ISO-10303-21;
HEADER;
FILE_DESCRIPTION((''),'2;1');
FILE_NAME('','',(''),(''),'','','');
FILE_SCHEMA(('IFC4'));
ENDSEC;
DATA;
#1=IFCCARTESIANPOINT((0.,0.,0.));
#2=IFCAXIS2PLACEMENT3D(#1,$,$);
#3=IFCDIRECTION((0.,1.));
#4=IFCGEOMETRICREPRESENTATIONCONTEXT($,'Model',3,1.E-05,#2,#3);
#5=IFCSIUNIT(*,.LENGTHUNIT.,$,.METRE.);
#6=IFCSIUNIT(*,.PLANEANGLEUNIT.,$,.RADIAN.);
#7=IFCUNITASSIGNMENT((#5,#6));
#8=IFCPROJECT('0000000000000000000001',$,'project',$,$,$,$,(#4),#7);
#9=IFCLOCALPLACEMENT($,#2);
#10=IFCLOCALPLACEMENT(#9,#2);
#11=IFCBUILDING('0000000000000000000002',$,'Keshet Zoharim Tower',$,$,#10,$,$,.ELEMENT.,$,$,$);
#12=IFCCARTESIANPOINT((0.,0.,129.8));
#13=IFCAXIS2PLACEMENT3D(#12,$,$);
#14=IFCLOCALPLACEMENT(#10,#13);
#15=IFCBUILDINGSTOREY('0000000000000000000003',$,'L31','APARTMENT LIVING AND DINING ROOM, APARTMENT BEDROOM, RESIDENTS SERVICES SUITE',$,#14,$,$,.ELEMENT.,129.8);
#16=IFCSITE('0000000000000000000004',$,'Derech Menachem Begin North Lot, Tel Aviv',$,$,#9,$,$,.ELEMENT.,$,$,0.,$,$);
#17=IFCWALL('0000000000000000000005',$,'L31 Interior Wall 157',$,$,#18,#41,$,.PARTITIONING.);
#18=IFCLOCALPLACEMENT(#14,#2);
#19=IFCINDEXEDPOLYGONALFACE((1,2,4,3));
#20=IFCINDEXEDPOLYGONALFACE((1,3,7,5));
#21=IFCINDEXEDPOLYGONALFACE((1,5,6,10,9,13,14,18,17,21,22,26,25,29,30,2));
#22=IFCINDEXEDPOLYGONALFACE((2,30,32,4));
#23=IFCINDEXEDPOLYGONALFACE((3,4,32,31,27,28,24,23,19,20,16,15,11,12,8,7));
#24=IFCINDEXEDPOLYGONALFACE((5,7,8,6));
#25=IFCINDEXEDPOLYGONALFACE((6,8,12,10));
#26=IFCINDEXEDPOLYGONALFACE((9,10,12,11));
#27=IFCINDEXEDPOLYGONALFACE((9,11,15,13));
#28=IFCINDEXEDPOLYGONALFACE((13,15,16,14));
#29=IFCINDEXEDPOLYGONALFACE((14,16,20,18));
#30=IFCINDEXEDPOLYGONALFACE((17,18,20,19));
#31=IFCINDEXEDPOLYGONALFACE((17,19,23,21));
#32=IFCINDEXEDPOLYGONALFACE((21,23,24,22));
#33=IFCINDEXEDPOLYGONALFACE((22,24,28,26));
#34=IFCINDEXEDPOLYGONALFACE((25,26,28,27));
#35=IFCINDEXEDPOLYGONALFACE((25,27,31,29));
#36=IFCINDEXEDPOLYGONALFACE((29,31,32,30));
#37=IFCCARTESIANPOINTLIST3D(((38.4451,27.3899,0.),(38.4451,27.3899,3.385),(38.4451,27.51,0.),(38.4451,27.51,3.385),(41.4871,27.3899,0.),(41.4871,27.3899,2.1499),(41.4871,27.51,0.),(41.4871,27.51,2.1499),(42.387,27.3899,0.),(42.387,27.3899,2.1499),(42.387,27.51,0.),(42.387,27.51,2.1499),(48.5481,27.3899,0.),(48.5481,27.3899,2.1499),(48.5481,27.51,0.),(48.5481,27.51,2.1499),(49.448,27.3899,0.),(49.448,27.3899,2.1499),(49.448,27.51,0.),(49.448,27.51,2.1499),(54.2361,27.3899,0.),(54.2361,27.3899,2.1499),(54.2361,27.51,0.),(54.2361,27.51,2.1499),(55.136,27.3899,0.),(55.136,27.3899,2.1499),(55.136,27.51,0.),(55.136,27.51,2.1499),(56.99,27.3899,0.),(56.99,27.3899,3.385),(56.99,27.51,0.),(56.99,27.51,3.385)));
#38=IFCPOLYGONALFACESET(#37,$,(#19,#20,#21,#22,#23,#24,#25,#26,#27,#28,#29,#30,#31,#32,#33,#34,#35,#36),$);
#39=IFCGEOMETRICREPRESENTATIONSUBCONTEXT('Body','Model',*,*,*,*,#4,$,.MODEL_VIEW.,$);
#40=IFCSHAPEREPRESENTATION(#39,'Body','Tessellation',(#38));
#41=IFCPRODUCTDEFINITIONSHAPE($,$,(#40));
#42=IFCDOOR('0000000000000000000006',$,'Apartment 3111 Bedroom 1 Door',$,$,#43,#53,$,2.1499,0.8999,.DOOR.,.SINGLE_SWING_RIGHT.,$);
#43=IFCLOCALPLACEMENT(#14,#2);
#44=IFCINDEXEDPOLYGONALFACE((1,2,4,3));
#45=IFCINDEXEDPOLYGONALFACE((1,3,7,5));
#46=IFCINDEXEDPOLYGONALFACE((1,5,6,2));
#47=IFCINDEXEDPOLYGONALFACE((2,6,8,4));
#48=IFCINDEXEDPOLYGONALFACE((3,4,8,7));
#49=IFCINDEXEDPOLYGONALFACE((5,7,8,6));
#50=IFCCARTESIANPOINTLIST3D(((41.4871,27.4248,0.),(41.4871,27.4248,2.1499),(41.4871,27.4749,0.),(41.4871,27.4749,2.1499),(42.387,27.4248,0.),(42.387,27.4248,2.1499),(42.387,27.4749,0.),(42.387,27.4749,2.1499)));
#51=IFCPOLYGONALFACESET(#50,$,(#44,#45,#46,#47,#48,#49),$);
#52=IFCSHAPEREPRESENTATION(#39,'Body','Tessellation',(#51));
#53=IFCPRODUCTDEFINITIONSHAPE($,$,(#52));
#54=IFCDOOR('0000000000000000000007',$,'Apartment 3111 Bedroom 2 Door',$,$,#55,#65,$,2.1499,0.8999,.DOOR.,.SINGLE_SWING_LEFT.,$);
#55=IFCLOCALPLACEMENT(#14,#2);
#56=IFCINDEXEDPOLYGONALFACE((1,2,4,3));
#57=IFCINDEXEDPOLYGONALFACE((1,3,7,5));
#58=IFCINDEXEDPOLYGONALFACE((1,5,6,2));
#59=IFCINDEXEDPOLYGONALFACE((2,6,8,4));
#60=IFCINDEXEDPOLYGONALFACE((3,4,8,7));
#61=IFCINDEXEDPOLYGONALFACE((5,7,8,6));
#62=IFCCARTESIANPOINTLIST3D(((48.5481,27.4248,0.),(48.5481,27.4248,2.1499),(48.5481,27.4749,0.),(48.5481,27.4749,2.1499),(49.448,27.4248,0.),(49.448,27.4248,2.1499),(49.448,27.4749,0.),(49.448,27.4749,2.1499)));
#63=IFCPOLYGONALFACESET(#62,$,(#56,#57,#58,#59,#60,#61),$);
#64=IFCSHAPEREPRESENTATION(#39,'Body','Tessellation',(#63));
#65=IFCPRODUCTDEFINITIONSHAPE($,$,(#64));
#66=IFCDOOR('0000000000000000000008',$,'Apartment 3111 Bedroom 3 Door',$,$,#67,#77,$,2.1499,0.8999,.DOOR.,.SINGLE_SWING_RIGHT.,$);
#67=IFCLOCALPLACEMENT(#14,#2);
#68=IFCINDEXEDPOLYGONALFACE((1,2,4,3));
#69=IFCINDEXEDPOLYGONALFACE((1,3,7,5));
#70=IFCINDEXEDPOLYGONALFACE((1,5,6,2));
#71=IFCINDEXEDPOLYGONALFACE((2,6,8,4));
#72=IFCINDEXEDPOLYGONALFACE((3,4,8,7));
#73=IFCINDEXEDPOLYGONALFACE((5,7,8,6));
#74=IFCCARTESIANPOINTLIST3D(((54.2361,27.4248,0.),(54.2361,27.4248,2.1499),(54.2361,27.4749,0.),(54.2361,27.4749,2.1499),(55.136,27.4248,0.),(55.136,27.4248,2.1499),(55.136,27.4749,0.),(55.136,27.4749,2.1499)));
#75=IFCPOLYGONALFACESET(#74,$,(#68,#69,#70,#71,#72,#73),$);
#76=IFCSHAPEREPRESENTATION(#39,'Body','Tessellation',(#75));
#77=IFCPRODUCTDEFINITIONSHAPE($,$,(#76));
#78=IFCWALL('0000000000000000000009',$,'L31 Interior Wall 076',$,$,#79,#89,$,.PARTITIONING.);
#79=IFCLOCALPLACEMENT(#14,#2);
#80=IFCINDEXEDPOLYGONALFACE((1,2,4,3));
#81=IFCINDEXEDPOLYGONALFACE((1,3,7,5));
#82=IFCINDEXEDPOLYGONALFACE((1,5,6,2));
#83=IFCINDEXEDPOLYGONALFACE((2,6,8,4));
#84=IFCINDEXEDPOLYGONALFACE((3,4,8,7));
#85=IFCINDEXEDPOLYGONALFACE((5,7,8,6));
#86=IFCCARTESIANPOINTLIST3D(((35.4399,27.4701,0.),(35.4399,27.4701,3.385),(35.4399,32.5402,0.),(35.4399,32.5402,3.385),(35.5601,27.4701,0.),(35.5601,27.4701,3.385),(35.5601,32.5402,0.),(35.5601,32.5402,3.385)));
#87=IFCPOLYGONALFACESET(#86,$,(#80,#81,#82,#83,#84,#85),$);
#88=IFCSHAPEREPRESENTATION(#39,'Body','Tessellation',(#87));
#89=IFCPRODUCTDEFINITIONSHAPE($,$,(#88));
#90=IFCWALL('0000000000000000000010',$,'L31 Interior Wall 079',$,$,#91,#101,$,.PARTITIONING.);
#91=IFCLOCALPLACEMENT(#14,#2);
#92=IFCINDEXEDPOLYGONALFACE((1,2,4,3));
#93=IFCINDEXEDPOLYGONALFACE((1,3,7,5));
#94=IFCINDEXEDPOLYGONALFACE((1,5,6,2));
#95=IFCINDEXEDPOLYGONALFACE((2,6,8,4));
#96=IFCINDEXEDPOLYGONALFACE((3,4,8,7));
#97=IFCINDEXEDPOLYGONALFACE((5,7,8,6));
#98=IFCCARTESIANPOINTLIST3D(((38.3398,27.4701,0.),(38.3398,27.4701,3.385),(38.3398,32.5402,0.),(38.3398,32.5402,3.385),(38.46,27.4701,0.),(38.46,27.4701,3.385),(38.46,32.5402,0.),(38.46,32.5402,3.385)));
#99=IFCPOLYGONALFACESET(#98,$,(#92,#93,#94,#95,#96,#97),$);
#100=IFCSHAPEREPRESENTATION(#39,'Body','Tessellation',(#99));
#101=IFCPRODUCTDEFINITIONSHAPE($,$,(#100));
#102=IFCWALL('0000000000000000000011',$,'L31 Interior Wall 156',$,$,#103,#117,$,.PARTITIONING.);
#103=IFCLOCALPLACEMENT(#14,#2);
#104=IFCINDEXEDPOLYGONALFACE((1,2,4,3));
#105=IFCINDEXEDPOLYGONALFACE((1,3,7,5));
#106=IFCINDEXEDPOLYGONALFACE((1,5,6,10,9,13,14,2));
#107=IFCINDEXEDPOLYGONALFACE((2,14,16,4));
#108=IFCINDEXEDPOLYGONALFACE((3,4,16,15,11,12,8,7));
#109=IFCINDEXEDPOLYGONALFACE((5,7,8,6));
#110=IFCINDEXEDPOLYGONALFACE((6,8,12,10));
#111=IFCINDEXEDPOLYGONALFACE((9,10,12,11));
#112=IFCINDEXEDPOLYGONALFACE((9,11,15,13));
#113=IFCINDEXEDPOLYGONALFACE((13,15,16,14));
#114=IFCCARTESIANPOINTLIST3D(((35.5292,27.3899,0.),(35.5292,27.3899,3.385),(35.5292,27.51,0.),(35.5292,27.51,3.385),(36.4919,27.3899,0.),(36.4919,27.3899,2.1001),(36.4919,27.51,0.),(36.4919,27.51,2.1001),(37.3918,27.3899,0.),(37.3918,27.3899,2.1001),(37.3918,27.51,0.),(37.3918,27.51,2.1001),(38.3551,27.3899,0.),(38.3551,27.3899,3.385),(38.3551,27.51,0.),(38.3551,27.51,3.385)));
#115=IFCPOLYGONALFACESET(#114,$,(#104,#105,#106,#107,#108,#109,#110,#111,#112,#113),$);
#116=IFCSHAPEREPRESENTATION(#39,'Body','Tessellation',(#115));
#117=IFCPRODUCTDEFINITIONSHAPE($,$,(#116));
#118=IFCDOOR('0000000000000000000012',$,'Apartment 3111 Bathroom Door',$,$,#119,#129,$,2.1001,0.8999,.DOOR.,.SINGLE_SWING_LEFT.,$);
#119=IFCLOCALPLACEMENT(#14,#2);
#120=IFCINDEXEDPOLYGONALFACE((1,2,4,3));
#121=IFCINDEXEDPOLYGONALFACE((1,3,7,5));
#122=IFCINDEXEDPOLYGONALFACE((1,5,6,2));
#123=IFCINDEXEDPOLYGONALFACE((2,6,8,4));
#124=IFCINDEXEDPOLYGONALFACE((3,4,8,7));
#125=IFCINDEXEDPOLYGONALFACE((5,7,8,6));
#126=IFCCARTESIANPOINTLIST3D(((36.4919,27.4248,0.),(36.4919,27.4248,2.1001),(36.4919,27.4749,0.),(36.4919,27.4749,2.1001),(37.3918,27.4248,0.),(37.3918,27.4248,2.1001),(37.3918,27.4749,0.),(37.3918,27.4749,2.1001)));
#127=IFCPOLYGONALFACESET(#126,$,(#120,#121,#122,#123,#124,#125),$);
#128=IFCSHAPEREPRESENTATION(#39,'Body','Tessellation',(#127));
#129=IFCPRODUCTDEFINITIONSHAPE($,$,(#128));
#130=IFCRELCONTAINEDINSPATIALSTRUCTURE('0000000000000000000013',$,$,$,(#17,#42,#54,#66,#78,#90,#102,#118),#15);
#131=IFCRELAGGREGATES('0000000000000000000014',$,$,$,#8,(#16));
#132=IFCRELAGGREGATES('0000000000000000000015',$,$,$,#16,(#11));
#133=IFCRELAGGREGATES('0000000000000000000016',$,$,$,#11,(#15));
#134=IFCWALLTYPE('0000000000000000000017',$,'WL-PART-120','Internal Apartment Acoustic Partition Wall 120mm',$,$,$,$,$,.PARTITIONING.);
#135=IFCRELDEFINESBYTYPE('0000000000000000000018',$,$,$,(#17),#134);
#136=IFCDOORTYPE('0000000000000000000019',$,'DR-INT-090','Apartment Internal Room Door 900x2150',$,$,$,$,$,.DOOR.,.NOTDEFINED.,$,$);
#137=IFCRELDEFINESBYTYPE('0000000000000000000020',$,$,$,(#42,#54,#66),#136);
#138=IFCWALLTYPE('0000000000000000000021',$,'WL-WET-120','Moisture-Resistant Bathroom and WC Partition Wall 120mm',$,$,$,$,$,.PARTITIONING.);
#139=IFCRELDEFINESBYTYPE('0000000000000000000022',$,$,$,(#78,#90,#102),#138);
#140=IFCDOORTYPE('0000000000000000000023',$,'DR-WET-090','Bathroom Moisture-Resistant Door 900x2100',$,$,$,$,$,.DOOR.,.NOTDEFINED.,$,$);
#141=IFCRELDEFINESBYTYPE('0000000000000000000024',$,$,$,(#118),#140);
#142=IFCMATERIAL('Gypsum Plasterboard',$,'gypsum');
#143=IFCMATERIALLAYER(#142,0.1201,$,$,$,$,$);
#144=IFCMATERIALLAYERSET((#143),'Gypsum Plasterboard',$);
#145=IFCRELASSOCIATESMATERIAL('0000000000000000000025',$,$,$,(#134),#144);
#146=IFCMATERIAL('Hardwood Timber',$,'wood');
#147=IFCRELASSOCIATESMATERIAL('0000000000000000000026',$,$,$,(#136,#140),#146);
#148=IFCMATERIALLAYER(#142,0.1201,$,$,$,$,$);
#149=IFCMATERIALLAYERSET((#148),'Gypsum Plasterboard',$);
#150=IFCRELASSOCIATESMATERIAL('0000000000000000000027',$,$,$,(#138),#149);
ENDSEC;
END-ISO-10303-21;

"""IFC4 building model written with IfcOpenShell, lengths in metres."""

from ifc_helpers import new_model, si_unit, direction, frame, frame_2d, origin, place, context, subcontext, project, spatial, rectangle, extrude, material, layer, layer_set, type_object, element, fill, save


model = new_model("IFC4")

# Units and contexts
model_context = context("Model", 3, precision=1e-05, world=origin(), true_north=direction((0.0, 1.0)))
body_context = subcontext(model_context, "Body", "Model", "MODEL_VIEW")
ifc_project = project(units=[si_unit("LENGTHUNIT", "METRE"), si_unit("PLANEANGLEUNIT", "RADIAN")], contexts=[model_context])

# Site, building, storey
site_placement = place(None, origin())
site = spatial("IfcSite", under=ifc_project, at=site_placement, Name="Derech Menachem Begin North Lot, Tel Aviv", CompositionType="ELEMENT", RefElevation=0.0)
building_placement = place(site_placement, origin())
building = spatial("IfcBuilding", under=site, at=building_placement, Name="Keshet Zoharim Tower", CompositionType="ELEMENT")
storey_placement = place(building_placement, frame((0.0, 0.0, 129.8)))
storey = spatial("IfcBuildingStorey", under=building, at=storey_placement, Name="L31", Description="APARTMENT LIVING AND DINING ROOM, APARTMENT BEDROOM, RESIDENTS SERVICES SUITE", CompositionType="ELEMENT", Elevation=129.8)

# Shared definitions
ifc_material_1 = material(Name="Hardwood Timber", Category="wood")

# Shared definitions
ifc_material_2 = material(Name="Gypsum Plasterboard", Category="gypsum")

# Wall, openings, doors
ifc_layer_1 = layer(ifc_material_2, 0.1201)
ifc_layer_set_1 = layer_set([ifc_layer_1], Name="Gypsum Plasterboard")
wall_type_1 = type_object("IfcWallType", Name="WL-PART-120", Description="Internal Apartment Acoustic Partition Wall 120mm", PredefinedType="PARTITIONING", material=ifc_layer_set_1)
wall_1_placement = place(storey_placement, frame((38.4451, 27.45, 0.0), z_axis=(0.0, 0.0, 1.0), x_axis=(1.0, 0.0, 0.0)))
wall_1 = element("IfcWall", 1, at=wall_1_placement, inside=storey, type_object=wall_type_1, Name="L31 Interior Wall 157", PredefinedType="PARTITIONING", context=body_context, shape_type="SweptSolid", body=[
    extrude(rectangle(XDim=18.5449, YDim=0.1201, at=frame_2d((9.2725, 0.0))), origin(), (0.0, 0.0, 1.0), 3.385),
])
opening_1_placement = place(wall_1_placement, frame((3.042, 0.0, 0.0)))
opening_1 = element("IfcOpeningElement", 2, at=opening_1_placement, cuts=wall_1, PredefinedType="OPENING", context=body_context, shape_type="SweptSolid", body=[
    extrude(rectangle(XDim=0.8999, YDim=2.1499, at=frame_2d((0.45, 1.075))), frame((0.0, 0.0701, 0.0), z_axis=(0.0, -1.0, 0.0), x_axis=(1.0, 0.0, 0.0)), (0.0, 0.0, 1.0), 0.1401),
])
opening_2_placement = place(wall_1_placement, frame((10.103, 0.0, 0.0)))
opening_2 = element("IfcOpeningElement", 3, at=opening_2_placement, cuts=wall_1, PredefinedType="OPENING", context=body_context, shape_type="SweptSolid", body=[
    extrude(rectangle(XDim=0.8999, YDim=2.1499, at=frame_2d((0.45, 1.075))), frame((0.0, 0.0701, 0.0), z_axis=(0.0, -1.0, 0.0), x_axis=(1.0, 0.0, 0.0)), (0.0, 0.0, 1.0), 0.1401),
])
opening_3_placement = place(wall_1_placement, frame((15.791, 0.0, 0.0)))
opening_3 = element("IfcOpeningElement", 4, at=opening_3_placement, cuts=wall_1, PredefinedType="OPENING", context=body_context, shape_type="SweptSolid", body=[
    extrude(rectangle(XDim=0.8999, YDim=2.1499, at=frame_2d((0.45, 1.075))), frame((0.0, 0.0701, 0.0), z_axis=(0.0, -1.0, 0.0), x_axis=(1.0, 0.0, 0.0)), (0.0, 0.0, 1.0), 0.1401),
])
door_type_1 = type_object("IfcDoorType", Name="DR-INT-090", Description="Apartment Internal Room Door 900x2150", OperationType="NOTDEFINED", PredefinedType="DOOR", material=ifc_material_1)
door_1_placement = place(opening_1_placement, origin())
door_1 = element("IfcDoor", 5, at=door_1_placement, inside=storey, type_object=door_type_1, Name="Apartment 3111 Bedroom 1 Door", OperationType="SINGLE_SWING_RIGHT", OverallHeight=2.1499, OverallWidth=0.8999, PredefinedType="DOOR", context=body_context, shape_type="SweptSolid", body=[
    extrude(rectangle(XDim=0.8999, YDim=2.1499, at=frame_2d((0.45, 1.075))), frame((0.0, 0.0249, 0.0), z_axis=(0.0, -1.0, 0.0), x_axis=(1.0, 0.0, 0.0)), (0.0, 0.0, 1.0), 0.05),
])
fill(opening_1, door_1)
door_2_placement = place(opening_2_placement, origin())
door_2 = element("IfcDoor", 6, at=door_2_placement, inside=storey, type_object=door_type_1, Name="Apartment 3111 Bedroom 2 Door", OperationType="SINGLE_SWING_LEFT", OverallHeight=2.1499, OverallWidth=0.8999, PredefinedType="DOOR", context=body_context, shape_type="SweptSolid", body=[
    extrude(rectangle(XDim=0.8999, YDim=2.1499, at=frame_2d((0.45, 1.075))), frame((0.0, 0.0249, 0.0), z_axis=(0.0, -1.0, 0.0), x_axis=(1.0, 0.0, 0.0)), (0.0, 0.0, 1.0), 0.05),
])
fill(opening_2, door_2)
door_3_placement = place(opening_3_placement, origin())
door_3 = element("IfcDoor", 7, at=door_3_placement, inside=storey, type_object=door_type_1, Name="Apartment 3111 Bedroom 3 Door", OperationType="SINGLE_SWING_RIGHT", OverallHeight=2.1499, OverallWidth=0.8999, PredefinedType="DOOR", context=body_context, shape_type="SweptSolid", body=[
    extrude(rectangle(XDim=0.8999, YDim=2.1499, at=frame_2d((0.45, 1.075))), frame((0.0, 0.0249, 0.0), z_axis=(0.0, -1.0, 0.0), x_axis=(1.0, 0.0, 0.0)), (0.0, 0.0, 1.0), 0.05),
])
fill(opening_3, door_3)

# Walls
ifc_layer_2 = layer(ifc_material_2, 0.1201)
ifc_layer_set_2 = layer_set([ifc_layer_2], Name="Gypsum Plasterboard")
wall_type_2 = type_object("IfcWallType", Name="WL-WET-120", Description="Moisture-Resistant Bathroom and WC Partition Wall 120mm", PredefinedType="PARTITIONING", material=ifc_layer_set_2)
for number, where, z_axis, x_axis, name in (
    (8, (35.5, 27.47, 0.0), (0.0, 0.0, 1.0), (0.0, 1.0, 0.0), "L31 Interior Wall 076"),
    (9, (38.3999, 27.47, 0.0), (0.0, 0.0, 1.0), (0.0, 1.0, 0.0), "L31 Interior Wall 079"),
):
    element("IfcWall", number, at=place(storey_placement, frame(where, z_axis=z_axis, x_axis=x_axis)), inside=storey, type_object=wall_type_2, Name=name, PredefinedType="PARTITIONING", context=body_context, shape_type="SweptSolid", body=[
        extrude(rectangle(XDim=5.0701, YDim=0.1201, at=frame_2d((2.5352, 0.0))), origin(), (0.0, 0.0, 1.0), 3.385),
    ])

# Wall, opening, door
wall_2_placement = place(storey_placement, frame((35.5291, 27.45, 0.0), z_axis=(0.0, 0.0, 1.0), x_axis=(1.0, 0.0, 0.0)))
wall_2 = element("IfcWall", 10, at=wall_2_placement, inside=storey, type_object=wall_type_2, Name="L31 Interior Wall 156", PredefinedType="PARTITIONING", context=body_context, shape_type="SweptSolid", body=[
    extrude(rectangle(XDim=2.8259, YDim=0.1201, at=frame_2d((1.4131, 0.0))), origin(), (0.0, 0.0, 1.0), 3.385),
])
opening_4_placement = place(wall_2_placement, frame((0.9629, 0.0, 0.0)))
opening_4 = element("IfcOpeningElement", 11, at=opening_4_placement, cuts=wall_2, PredefinedType="OPENING", context=body_context, shape_type="SweptSolid", body=[
    extrude(rectangle(XDim=0.8999, YDim=2.1001, at=frame_2d((0.45, 1.05))), frame((0.0, 0.0701, 0.0), z_axis=(0.0, -1.0, 0.0), x_axis=(1.0, 0.0, 0.0)), (0.0, 0.0, 1.0), 0.1401),
])
door_type_2 = type_object("IfcDoorType", Name="DR-WET-090", Description="Bathroom Moisture-Resistant Door 900x2100", OperationType="NOTDEFINED", PredefinedType="DOOR", material=ifc_material_1)
door_4_placement = place(opening_4_placement, origin())
door_4 = element("IfcDoor", 12, at=door_4_placement, inside=storey, type_object=door_type_2, Name="Apartment 3111 Bathroom Door", OperationType="SINGLE_SWING_LEFT", OverallHeight=2.1001, OverallWidth=0.8999, PredefinedType="DOOR", context=body_context, shape_type="SweptSolid", body=[
    extrude(rectangle(XDim=0.8999, YDim=2.1001, at=frame_2d((0.45, 1.05))), frame((0.0, 0.0249, 0.0), z_axis=(0.0, -1.0, 0.0), x_axis=(1.0, 0.0, 0.0)), (0.0, 0.0, 1.0), 0.05),
])
fill(opening_4, door_4)

save(model, "model.ifc")
